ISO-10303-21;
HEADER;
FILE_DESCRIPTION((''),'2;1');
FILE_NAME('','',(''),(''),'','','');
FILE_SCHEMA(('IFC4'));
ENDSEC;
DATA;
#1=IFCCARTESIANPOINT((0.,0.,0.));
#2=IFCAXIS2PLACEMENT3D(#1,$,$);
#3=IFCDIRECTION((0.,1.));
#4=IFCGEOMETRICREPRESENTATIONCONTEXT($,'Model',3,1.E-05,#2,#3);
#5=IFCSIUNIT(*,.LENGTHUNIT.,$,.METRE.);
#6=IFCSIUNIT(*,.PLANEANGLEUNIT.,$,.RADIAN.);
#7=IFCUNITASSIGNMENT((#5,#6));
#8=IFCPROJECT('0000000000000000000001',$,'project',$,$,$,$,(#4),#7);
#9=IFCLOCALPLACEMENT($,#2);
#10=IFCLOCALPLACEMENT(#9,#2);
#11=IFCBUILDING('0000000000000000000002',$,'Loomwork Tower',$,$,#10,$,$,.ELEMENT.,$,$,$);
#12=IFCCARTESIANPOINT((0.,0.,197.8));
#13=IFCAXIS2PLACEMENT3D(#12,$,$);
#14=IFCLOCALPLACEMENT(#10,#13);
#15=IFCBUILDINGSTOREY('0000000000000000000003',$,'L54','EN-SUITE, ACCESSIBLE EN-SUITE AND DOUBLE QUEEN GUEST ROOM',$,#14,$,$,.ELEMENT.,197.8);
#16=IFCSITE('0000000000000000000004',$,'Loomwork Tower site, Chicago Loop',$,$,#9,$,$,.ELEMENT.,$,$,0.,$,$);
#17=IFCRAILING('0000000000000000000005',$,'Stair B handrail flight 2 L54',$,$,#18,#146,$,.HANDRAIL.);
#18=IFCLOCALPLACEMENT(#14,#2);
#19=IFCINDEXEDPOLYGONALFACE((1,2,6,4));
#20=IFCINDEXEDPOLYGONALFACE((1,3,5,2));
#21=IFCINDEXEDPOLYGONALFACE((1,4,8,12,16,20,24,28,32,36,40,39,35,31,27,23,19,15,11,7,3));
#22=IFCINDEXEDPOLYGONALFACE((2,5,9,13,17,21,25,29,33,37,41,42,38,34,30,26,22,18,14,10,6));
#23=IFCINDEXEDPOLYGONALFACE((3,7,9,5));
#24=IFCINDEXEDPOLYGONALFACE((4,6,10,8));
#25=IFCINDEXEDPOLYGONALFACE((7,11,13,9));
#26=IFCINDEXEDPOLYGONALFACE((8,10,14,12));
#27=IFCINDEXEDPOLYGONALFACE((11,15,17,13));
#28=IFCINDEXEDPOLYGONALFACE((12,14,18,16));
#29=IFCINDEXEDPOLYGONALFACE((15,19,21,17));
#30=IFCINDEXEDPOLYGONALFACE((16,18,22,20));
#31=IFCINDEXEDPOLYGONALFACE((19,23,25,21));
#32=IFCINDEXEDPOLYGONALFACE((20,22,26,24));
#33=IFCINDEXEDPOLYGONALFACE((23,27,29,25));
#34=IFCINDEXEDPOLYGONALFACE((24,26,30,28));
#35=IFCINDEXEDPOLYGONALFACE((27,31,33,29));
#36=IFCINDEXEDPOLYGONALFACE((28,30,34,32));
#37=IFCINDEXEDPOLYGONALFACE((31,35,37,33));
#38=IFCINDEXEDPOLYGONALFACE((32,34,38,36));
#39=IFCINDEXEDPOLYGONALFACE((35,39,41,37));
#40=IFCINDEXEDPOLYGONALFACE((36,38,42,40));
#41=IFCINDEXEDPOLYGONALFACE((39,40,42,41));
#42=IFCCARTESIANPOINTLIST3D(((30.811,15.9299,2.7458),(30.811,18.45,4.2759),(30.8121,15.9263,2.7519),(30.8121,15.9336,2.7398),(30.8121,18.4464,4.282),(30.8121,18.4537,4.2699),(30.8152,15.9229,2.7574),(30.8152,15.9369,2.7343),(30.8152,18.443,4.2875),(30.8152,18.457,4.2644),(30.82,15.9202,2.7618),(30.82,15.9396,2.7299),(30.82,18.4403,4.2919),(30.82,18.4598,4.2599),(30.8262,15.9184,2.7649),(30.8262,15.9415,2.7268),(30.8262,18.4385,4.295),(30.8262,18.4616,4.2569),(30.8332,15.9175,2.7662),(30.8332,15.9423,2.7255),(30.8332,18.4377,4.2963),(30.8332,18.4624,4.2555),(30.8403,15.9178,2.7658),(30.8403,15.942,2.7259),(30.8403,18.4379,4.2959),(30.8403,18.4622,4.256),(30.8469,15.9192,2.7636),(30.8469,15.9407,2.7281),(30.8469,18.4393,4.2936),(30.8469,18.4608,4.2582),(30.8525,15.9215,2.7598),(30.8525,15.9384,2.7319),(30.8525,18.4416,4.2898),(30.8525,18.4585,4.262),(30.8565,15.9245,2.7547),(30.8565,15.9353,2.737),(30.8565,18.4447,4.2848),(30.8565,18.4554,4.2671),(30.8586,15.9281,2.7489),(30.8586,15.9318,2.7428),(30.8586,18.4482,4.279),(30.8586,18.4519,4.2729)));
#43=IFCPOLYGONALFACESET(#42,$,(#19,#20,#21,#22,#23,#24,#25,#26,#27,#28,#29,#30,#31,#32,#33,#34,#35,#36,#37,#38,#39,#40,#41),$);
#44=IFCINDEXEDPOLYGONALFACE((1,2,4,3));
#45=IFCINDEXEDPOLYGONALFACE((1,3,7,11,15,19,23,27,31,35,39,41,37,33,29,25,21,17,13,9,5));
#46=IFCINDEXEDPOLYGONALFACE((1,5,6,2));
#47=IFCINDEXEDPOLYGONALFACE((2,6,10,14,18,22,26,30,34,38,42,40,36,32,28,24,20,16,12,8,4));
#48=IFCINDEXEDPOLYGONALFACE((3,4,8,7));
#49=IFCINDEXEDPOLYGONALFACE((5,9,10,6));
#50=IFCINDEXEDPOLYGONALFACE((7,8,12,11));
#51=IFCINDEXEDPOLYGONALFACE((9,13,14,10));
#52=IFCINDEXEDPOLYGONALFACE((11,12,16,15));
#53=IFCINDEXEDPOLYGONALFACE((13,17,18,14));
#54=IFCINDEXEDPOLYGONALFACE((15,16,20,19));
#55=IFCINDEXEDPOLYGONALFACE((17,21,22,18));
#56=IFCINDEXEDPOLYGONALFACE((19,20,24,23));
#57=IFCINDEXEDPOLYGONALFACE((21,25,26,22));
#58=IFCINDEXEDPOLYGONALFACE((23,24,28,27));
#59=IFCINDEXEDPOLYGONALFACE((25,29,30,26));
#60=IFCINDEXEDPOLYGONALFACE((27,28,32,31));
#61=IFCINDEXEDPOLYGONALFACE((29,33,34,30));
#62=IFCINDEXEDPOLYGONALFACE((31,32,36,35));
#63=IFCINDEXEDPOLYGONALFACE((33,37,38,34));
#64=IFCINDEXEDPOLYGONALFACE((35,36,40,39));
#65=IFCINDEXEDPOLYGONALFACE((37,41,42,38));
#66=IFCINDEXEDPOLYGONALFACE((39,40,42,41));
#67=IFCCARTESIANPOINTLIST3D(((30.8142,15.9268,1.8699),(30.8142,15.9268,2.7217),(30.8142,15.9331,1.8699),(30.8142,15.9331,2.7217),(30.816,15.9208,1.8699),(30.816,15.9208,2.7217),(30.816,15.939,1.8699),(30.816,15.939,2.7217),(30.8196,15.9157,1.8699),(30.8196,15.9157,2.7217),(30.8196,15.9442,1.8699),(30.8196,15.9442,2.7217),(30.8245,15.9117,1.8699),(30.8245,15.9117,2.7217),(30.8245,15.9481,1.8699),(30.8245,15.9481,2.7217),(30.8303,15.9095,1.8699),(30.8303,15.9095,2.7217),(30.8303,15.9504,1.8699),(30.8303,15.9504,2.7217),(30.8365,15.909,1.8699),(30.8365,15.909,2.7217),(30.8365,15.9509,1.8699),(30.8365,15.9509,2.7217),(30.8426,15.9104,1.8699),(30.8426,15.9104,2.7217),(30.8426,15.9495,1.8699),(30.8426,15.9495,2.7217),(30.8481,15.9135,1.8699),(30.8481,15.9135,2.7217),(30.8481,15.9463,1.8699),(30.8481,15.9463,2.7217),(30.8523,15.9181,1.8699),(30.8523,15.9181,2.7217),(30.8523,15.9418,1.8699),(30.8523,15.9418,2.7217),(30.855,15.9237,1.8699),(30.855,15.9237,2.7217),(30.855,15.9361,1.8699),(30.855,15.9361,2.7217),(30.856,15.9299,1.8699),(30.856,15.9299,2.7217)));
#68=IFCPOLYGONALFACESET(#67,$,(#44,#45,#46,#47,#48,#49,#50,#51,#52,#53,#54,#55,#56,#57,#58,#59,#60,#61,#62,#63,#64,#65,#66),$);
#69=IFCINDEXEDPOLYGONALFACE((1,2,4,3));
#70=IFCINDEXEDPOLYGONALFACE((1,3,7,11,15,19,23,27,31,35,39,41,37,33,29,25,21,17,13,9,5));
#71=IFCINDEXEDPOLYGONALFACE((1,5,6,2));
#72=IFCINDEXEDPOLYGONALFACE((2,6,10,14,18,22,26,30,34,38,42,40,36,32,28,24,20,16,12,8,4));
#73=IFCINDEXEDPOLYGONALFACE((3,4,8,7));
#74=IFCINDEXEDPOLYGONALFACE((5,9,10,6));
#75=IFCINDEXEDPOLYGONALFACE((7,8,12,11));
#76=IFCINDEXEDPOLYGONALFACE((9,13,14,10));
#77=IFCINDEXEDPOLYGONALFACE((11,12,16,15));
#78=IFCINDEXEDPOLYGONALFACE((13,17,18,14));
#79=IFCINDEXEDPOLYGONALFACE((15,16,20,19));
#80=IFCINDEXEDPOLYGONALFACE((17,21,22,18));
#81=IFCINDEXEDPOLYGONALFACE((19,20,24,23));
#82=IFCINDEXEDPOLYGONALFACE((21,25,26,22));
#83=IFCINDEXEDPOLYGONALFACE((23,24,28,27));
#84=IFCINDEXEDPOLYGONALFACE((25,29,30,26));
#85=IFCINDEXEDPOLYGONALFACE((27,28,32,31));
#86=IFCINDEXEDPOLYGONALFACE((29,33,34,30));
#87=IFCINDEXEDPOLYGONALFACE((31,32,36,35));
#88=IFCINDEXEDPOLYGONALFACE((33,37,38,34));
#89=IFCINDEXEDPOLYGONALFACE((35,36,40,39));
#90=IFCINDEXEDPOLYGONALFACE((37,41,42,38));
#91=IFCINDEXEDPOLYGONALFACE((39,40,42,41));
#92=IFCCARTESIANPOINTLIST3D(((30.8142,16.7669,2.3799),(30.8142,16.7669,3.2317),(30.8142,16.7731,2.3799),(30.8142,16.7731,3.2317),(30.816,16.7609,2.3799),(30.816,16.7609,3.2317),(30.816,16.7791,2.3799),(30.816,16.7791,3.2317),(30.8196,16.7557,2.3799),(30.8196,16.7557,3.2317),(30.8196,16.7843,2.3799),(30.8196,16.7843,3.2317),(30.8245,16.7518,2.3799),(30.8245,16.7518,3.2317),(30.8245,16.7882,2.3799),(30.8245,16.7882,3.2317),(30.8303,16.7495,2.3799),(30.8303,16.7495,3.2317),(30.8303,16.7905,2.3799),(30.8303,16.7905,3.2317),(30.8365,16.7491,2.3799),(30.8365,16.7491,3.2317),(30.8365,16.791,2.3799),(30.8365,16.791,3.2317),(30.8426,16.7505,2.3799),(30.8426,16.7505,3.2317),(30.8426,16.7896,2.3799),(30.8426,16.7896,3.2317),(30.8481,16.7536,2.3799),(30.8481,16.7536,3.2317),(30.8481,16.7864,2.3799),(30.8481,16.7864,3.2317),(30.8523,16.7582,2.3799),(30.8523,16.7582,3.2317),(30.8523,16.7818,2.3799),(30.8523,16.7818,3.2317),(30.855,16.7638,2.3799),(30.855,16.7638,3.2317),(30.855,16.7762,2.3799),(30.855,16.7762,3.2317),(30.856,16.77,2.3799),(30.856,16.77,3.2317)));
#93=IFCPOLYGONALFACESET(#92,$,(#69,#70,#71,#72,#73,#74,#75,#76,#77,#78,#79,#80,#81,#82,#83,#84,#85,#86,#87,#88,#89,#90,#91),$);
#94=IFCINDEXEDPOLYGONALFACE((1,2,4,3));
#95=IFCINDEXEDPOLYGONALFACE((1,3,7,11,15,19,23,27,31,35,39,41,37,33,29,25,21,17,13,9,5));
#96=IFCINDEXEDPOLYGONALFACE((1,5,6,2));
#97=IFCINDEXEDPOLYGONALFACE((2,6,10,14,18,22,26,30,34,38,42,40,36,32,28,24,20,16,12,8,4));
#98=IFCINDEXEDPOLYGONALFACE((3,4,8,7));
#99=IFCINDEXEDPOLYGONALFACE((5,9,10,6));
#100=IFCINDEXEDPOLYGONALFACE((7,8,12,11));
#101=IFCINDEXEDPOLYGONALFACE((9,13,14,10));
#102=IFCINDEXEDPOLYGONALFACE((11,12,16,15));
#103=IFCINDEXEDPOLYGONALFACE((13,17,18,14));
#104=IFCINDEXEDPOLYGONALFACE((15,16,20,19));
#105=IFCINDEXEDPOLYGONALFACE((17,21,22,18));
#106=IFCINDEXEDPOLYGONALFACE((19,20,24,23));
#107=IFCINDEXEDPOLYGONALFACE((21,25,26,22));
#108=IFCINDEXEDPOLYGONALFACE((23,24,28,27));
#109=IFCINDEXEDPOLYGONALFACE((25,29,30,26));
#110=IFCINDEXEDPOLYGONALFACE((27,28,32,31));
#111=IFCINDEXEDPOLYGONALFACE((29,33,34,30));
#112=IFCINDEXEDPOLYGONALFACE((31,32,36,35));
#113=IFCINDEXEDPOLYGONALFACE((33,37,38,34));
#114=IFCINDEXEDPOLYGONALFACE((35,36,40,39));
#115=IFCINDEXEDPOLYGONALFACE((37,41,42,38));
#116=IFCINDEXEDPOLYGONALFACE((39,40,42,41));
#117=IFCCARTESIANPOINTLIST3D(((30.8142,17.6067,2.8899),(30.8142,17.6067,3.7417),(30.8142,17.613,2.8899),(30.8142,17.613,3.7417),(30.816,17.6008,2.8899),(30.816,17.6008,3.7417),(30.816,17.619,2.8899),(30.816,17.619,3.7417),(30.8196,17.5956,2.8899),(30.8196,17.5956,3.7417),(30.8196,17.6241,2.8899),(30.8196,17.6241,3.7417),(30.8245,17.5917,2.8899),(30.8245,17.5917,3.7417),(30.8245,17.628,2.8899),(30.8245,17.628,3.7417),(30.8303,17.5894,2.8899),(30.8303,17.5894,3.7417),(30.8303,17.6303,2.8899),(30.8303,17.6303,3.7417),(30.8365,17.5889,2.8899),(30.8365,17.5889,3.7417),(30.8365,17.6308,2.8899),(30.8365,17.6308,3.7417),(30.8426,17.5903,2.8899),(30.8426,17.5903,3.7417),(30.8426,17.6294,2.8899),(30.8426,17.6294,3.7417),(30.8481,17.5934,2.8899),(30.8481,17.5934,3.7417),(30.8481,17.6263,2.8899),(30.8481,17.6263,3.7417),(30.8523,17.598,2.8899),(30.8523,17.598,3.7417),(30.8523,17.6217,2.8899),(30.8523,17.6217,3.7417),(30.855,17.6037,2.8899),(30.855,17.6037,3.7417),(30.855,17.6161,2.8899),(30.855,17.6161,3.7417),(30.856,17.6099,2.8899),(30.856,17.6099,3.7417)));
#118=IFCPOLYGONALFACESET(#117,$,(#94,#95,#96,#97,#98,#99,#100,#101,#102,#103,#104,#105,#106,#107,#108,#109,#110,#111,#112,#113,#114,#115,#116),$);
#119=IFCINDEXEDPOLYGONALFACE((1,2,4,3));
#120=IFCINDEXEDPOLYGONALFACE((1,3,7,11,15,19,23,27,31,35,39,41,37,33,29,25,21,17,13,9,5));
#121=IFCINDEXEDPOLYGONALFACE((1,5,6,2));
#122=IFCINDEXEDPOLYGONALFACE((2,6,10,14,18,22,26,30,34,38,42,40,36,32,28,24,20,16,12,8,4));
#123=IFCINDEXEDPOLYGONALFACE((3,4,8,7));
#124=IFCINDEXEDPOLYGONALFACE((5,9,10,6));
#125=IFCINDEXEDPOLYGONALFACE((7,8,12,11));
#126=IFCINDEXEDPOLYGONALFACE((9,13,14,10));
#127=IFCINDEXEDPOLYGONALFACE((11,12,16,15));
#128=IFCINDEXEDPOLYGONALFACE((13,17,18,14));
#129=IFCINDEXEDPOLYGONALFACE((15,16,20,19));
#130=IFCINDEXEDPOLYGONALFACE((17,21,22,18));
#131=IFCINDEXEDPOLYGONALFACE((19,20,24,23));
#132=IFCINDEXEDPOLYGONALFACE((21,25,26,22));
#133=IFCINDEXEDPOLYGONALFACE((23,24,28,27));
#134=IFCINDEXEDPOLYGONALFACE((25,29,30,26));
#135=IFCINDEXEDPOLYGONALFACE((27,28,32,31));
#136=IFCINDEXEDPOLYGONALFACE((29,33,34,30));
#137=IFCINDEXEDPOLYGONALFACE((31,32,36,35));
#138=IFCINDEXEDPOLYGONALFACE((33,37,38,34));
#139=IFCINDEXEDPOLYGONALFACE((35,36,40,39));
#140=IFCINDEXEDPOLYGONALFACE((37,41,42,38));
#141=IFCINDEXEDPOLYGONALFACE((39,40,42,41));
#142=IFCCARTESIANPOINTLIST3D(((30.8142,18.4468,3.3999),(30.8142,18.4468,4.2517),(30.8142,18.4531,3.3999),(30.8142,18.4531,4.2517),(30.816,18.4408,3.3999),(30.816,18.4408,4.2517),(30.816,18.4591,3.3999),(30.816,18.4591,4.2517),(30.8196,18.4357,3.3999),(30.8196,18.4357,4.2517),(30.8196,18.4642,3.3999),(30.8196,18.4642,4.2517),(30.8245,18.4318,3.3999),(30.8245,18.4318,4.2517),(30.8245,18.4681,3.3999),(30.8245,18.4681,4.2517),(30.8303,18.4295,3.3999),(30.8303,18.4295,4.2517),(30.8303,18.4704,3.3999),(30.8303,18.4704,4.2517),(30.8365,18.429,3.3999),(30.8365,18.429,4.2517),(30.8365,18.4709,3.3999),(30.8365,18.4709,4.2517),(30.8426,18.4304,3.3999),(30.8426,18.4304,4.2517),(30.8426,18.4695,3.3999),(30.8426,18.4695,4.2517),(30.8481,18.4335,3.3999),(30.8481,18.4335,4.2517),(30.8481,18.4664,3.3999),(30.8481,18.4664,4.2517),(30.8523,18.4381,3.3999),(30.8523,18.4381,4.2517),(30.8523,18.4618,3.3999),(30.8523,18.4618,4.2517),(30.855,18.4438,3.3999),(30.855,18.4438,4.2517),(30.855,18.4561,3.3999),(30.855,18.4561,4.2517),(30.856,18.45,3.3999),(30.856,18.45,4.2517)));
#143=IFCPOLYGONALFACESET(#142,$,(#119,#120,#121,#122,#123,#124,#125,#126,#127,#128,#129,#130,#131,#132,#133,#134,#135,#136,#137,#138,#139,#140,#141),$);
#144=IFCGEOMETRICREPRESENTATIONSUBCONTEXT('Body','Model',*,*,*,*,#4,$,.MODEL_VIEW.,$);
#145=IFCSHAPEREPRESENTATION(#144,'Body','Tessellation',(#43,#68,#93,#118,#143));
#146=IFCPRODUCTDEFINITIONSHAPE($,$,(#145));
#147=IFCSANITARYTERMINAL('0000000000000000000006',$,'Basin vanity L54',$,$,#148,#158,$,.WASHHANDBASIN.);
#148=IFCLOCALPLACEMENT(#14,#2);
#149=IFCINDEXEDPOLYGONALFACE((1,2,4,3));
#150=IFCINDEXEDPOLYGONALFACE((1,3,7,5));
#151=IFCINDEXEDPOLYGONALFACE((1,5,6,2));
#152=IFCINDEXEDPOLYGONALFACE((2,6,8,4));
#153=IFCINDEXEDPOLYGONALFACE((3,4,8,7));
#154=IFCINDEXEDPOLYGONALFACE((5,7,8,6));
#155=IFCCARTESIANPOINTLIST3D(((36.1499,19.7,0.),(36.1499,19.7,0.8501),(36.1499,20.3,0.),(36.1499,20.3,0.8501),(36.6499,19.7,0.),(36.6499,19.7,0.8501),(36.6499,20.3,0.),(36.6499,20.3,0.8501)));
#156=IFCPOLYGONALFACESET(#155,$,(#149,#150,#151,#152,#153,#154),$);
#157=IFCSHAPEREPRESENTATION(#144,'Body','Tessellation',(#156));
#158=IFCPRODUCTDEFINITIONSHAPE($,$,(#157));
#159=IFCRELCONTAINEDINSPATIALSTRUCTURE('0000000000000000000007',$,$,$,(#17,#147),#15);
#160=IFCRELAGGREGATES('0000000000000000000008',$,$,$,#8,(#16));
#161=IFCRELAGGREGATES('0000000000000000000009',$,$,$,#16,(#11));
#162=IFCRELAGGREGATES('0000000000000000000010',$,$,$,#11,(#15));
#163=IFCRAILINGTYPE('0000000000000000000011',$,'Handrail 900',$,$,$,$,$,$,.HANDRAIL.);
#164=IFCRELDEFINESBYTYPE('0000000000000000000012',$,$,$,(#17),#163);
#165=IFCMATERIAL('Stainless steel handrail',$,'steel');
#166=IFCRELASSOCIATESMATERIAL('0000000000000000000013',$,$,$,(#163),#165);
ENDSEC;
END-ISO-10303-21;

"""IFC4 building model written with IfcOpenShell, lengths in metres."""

from ifc_helpers import new_model, si_unit, direction, frame, origin, origin_2d, place, context, subcontext, project, spatial, rectangle, circle, extrude, material, type_object, element, save


model = new_model("IFC4")

# Units and contexts
model_context = context("Model", 3, precision=1e-05, world=origin(), true_north=direction((0.0, 1.0)))
body_context = subcontext(model_context, "Body", "Model", "MODEL_VIEW")
ifc_project = project(units=[si_unit("LENGTHUNIT", "METRE"), si_unit("PLANEANGLEUNIT", "RADIAN")], contexts=[model_context])

# Site, building, storey
site_placement = place(None, origin())
site = spatial("IfcSite", under=ifc_project, at=site_placement, Name="Loomwork Tower site, Chicago Loop", CompositionType="ELEMENT", RefElevation=0.0)
building_placement = place(site_placement, origin())
building = spatial("IfcBuilding", under=site, at=building_placement, Name="Loomwork Tower", CompositionType="ELEMENT")
storey_placement = place(building_placement, frame((0.0, 0.0, 197.8)))
storey = spatial("IfcBuildingStorey", under=building, at=storey_placement, Name="L54", Description="EN-SUITE, ACCESSIBLE EN-SUITE AND DOUBLE QUEEN GUEST ROOM", CompositionType="ELEMENT", Elevation=197.8)

# Railing
ifc_material_1 = material(Name="Stainless steel handrail", Category="steel")
railing_type = type_object("IfcRailingType", Name="Handrail 900", PredefinedType="HANDRAIL", material=ifc_material_1)
railing_1_placement = place(storey_placement, frame((30.835, 15.9299, 1.8699)))
element("IfcRailing", 1, at=railing_1_placement, inside=storey, type_object=railing_type, Name="Stair B handrail flight 2 L54", PredefinedType="HANDRAIL", context=body_context, shape_type="SweptSolid", body=[
    extrude(circle(Radius=0.0239, at=origin_2d()), frame((0.0, 0.0, 0.876), z_axis=(0.0, 0.854785, 0.518982), x_axis=(-1.0, 0.0, 0.0)), (0.0, 0.0, 1.0), 2.9482),
    extrude(circle(Radius=0.021, at=origin_2d()), origin(), (0.0, 0.0, 1.0), 0.8518),
    extrude(circle(Radius=0.021, at=origin_2d()), frame((0.0, 0.8401, 0.51)), (0.0, 0.0, 1.0), 0.8518),
    extrude(circle(Radius=0.021, at=origin_2d()), frame((0.0, 1.6799, 1.02)), (0.0, 0.0, 1.0), 0.8518),
    extrude(circle(Radius=0.021, at=origin_2d()), frame((0.0, 2.52, 1.53)), (0.0, 0.0, 1.0), 0.8518),
])

# Sanitary terminal
sanitary_terminal_placement = place(storey_placement, frame((36.3999, 20.0, 0.0), z_axis=(0.0, 0.0, 1.0), x_axis=(1.0, 0.0, 0.0)))
element("IfcSanitaryTerminal", 2, at=sanitary_terminal_placement, inside=storey, Name="Basin vanity L54", PredefinedType="WASHHANDBASIN", context=body_context, shape_type="SweptSolid", body=[
    extrude(rectangle(XDim=0.5, YDim=0.6001, at=origin_2d()), origin(), (0.0, 0.0, 1.0), 0.8501),
])

save(model, "model.ifc")
